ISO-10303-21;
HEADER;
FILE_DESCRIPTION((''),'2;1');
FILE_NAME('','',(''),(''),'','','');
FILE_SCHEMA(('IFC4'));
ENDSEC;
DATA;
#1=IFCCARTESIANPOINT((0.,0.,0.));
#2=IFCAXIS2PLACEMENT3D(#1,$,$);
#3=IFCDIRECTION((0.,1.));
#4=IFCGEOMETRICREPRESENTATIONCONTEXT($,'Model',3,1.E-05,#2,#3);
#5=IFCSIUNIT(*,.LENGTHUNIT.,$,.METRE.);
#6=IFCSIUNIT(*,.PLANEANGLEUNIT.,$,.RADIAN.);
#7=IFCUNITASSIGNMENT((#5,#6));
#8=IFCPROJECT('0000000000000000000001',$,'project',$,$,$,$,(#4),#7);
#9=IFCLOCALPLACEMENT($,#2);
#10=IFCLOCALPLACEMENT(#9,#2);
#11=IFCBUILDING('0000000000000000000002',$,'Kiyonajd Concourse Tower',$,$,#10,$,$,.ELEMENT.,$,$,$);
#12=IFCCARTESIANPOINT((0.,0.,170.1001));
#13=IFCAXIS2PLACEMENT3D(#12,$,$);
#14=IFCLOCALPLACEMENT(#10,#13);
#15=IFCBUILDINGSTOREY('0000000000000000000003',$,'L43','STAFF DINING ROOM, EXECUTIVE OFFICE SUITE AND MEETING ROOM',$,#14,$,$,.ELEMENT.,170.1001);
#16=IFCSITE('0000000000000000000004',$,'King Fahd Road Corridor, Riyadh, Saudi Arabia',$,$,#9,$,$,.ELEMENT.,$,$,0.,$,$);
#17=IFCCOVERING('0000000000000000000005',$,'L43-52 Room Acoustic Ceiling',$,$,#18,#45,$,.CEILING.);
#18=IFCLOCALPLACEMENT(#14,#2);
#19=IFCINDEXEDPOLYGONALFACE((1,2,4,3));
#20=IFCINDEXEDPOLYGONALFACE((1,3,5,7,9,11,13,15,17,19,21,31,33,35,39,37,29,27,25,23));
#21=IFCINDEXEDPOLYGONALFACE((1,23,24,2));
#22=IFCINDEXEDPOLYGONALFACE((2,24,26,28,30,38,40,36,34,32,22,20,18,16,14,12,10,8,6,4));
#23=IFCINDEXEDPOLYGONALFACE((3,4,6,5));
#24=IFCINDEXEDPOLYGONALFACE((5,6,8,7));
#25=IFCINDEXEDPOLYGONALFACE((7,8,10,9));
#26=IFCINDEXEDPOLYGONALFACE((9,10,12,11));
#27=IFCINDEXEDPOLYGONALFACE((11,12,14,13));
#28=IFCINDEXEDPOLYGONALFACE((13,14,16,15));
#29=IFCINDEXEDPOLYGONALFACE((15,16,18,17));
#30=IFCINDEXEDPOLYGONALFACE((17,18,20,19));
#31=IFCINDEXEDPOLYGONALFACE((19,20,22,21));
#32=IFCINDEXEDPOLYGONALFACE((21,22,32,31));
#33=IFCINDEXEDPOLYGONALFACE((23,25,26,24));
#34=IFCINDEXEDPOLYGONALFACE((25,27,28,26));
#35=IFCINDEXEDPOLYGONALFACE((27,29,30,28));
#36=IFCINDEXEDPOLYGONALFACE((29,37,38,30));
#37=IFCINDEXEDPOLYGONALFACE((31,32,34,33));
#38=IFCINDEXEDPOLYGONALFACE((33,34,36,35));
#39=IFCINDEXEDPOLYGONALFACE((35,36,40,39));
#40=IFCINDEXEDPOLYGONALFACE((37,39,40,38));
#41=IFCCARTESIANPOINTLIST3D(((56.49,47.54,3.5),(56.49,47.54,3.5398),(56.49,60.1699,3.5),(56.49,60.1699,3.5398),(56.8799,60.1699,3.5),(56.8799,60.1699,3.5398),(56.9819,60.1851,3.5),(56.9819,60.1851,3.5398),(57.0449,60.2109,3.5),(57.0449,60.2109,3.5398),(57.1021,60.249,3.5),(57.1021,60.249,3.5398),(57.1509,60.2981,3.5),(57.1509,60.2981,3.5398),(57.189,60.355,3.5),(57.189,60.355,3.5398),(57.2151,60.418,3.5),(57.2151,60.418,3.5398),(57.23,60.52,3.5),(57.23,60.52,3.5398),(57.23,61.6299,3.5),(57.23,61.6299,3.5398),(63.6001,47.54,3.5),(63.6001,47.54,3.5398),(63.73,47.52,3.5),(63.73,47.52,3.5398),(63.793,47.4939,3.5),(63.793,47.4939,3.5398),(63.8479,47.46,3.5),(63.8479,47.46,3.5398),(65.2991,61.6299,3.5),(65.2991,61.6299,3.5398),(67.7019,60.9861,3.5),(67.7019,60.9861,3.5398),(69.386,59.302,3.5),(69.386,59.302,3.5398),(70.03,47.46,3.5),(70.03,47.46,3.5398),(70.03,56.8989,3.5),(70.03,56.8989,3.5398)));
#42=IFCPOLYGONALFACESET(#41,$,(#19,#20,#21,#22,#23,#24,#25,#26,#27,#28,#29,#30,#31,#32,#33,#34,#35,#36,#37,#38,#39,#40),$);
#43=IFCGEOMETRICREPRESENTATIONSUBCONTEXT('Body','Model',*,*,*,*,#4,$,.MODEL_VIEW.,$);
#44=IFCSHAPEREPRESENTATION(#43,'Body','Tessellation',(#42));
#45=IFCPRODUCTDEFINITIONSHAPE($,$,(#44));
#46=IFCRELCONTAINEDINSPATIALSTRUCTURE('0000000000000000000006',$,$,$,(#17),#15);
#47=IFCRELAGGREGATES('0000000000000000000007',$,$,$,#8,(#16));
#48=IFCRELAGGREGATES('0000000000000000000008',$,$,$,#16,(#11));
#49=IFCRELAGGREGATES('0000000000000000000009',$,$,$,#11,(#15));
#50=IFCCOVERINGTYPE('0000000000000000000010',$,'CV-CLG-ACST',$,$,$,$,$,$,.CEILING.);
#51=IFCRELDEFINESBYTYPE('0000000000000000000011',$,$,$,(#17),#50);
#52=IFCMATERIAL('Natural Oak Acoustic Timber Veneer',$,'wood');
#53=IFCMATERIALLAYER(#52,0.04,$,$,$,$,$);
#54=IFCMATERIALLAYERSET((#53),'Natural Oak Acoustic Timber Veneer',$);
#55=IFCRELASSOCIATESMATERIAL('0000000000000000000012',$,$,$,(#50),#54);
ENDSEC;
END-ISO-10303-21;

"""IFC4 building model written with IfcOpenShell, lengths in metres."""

from ifc_helpers import new_model, si_unit, direction, frame, origin, place, context, subcontext, project, spatial, polyline, outline, extrude, material, layer, layer_set, type_object, element, save


model = new_model("IFC4")

# Units and contexts
model_context = context("Model", 3, precision=1e-05, world=origin(), true_north=direction((0.0, 1.0)))
body_context = subcontext(model_context, "Body", "Model", "MODEL_VIEW")
ifc_project = project(units=[si_unit("LENGTHUNIT", "METRE"), si_unit("PLANEANGLEUNIT", "RADIAN")], contexts=[model_context])

# Site, building, storey
site_placement = place(None, origin())
site = spatial("IfcSite", under=ifc_project, at=site_placement, Name="King Fahd Road Corridor, Riyadh, Saudi Arabia", CompositionType="ELEMENT", RefElevation=0.0)
building_placement = place(site_placement, origin())
building = spatial("IfcBuilding", under=site, at=building_placement, Name="Kiyonajd Concourse Tower", CompositionType="ELEMENT")
storey_placement = place(building_placement, frame((0.0, 0.0, 170.1001)))
storey = spatial("IfcBuildingStorey", under=building, at=storey_placement, Name="L43", Description="STAFF DINING ROOM, EXECUTIVE OFFICE SUITE AND MEETING ROOM", CompositionType="ELEMENT", Elevation=170.1001)

# Shared definitions
ifc_material_1 = material(Name="Natural Oak Acoustic Timber Veneer", Category="wood")

# Covering
ifc_layer_1 = layer(ifc_material_1, 0.04)
ifc_layer_set_1 = layer_set([ifc_layer_1], Name="Natural Oak Acoustic Timber Veneer")
covering_type = type_object("IfcCoveringType", Name="CV-CLG-ACST", PredefinedType="CEILING", material=ifc_layer_set_1)
covering_1_placement = place(storey_placement, frame((0.0, 0.0, 3.5)))
element("IfcCovering", 1, at=covering_1_placement, inside=storey, type_object=covering_type, Name="L43-52 Room Acoustic Ceiling", PredefinedType="CEILING", context=body_context, shape_type="SweptSolid", body=[
    extrude(outline(polyline([(57.23, 61.6299), (65.2991, 61.6299), (67.7019, 60.9861), (69.386, 59.302), (70.03, 56.8989), (70.03, 47.46), (63.8479, 47.46), (63.793, 47.4939), (63.73, 47.52), (63.6001, 47.54), (56.49, 47.54), (56.49, 60.1699), (56.8799, 60.1699), (56.9819, 60.1851), (57.0449, 60.2109), (57.1021, 60.249), (57.1509, 60.2981), (57.189, 60.355), (57.2151, 60.418), (57.23, 60.52), (57.23, 61.6299)])), origin(), (0.0, 0.0, 1.0), 0.0398),
])

save(model, "model.ifc")
